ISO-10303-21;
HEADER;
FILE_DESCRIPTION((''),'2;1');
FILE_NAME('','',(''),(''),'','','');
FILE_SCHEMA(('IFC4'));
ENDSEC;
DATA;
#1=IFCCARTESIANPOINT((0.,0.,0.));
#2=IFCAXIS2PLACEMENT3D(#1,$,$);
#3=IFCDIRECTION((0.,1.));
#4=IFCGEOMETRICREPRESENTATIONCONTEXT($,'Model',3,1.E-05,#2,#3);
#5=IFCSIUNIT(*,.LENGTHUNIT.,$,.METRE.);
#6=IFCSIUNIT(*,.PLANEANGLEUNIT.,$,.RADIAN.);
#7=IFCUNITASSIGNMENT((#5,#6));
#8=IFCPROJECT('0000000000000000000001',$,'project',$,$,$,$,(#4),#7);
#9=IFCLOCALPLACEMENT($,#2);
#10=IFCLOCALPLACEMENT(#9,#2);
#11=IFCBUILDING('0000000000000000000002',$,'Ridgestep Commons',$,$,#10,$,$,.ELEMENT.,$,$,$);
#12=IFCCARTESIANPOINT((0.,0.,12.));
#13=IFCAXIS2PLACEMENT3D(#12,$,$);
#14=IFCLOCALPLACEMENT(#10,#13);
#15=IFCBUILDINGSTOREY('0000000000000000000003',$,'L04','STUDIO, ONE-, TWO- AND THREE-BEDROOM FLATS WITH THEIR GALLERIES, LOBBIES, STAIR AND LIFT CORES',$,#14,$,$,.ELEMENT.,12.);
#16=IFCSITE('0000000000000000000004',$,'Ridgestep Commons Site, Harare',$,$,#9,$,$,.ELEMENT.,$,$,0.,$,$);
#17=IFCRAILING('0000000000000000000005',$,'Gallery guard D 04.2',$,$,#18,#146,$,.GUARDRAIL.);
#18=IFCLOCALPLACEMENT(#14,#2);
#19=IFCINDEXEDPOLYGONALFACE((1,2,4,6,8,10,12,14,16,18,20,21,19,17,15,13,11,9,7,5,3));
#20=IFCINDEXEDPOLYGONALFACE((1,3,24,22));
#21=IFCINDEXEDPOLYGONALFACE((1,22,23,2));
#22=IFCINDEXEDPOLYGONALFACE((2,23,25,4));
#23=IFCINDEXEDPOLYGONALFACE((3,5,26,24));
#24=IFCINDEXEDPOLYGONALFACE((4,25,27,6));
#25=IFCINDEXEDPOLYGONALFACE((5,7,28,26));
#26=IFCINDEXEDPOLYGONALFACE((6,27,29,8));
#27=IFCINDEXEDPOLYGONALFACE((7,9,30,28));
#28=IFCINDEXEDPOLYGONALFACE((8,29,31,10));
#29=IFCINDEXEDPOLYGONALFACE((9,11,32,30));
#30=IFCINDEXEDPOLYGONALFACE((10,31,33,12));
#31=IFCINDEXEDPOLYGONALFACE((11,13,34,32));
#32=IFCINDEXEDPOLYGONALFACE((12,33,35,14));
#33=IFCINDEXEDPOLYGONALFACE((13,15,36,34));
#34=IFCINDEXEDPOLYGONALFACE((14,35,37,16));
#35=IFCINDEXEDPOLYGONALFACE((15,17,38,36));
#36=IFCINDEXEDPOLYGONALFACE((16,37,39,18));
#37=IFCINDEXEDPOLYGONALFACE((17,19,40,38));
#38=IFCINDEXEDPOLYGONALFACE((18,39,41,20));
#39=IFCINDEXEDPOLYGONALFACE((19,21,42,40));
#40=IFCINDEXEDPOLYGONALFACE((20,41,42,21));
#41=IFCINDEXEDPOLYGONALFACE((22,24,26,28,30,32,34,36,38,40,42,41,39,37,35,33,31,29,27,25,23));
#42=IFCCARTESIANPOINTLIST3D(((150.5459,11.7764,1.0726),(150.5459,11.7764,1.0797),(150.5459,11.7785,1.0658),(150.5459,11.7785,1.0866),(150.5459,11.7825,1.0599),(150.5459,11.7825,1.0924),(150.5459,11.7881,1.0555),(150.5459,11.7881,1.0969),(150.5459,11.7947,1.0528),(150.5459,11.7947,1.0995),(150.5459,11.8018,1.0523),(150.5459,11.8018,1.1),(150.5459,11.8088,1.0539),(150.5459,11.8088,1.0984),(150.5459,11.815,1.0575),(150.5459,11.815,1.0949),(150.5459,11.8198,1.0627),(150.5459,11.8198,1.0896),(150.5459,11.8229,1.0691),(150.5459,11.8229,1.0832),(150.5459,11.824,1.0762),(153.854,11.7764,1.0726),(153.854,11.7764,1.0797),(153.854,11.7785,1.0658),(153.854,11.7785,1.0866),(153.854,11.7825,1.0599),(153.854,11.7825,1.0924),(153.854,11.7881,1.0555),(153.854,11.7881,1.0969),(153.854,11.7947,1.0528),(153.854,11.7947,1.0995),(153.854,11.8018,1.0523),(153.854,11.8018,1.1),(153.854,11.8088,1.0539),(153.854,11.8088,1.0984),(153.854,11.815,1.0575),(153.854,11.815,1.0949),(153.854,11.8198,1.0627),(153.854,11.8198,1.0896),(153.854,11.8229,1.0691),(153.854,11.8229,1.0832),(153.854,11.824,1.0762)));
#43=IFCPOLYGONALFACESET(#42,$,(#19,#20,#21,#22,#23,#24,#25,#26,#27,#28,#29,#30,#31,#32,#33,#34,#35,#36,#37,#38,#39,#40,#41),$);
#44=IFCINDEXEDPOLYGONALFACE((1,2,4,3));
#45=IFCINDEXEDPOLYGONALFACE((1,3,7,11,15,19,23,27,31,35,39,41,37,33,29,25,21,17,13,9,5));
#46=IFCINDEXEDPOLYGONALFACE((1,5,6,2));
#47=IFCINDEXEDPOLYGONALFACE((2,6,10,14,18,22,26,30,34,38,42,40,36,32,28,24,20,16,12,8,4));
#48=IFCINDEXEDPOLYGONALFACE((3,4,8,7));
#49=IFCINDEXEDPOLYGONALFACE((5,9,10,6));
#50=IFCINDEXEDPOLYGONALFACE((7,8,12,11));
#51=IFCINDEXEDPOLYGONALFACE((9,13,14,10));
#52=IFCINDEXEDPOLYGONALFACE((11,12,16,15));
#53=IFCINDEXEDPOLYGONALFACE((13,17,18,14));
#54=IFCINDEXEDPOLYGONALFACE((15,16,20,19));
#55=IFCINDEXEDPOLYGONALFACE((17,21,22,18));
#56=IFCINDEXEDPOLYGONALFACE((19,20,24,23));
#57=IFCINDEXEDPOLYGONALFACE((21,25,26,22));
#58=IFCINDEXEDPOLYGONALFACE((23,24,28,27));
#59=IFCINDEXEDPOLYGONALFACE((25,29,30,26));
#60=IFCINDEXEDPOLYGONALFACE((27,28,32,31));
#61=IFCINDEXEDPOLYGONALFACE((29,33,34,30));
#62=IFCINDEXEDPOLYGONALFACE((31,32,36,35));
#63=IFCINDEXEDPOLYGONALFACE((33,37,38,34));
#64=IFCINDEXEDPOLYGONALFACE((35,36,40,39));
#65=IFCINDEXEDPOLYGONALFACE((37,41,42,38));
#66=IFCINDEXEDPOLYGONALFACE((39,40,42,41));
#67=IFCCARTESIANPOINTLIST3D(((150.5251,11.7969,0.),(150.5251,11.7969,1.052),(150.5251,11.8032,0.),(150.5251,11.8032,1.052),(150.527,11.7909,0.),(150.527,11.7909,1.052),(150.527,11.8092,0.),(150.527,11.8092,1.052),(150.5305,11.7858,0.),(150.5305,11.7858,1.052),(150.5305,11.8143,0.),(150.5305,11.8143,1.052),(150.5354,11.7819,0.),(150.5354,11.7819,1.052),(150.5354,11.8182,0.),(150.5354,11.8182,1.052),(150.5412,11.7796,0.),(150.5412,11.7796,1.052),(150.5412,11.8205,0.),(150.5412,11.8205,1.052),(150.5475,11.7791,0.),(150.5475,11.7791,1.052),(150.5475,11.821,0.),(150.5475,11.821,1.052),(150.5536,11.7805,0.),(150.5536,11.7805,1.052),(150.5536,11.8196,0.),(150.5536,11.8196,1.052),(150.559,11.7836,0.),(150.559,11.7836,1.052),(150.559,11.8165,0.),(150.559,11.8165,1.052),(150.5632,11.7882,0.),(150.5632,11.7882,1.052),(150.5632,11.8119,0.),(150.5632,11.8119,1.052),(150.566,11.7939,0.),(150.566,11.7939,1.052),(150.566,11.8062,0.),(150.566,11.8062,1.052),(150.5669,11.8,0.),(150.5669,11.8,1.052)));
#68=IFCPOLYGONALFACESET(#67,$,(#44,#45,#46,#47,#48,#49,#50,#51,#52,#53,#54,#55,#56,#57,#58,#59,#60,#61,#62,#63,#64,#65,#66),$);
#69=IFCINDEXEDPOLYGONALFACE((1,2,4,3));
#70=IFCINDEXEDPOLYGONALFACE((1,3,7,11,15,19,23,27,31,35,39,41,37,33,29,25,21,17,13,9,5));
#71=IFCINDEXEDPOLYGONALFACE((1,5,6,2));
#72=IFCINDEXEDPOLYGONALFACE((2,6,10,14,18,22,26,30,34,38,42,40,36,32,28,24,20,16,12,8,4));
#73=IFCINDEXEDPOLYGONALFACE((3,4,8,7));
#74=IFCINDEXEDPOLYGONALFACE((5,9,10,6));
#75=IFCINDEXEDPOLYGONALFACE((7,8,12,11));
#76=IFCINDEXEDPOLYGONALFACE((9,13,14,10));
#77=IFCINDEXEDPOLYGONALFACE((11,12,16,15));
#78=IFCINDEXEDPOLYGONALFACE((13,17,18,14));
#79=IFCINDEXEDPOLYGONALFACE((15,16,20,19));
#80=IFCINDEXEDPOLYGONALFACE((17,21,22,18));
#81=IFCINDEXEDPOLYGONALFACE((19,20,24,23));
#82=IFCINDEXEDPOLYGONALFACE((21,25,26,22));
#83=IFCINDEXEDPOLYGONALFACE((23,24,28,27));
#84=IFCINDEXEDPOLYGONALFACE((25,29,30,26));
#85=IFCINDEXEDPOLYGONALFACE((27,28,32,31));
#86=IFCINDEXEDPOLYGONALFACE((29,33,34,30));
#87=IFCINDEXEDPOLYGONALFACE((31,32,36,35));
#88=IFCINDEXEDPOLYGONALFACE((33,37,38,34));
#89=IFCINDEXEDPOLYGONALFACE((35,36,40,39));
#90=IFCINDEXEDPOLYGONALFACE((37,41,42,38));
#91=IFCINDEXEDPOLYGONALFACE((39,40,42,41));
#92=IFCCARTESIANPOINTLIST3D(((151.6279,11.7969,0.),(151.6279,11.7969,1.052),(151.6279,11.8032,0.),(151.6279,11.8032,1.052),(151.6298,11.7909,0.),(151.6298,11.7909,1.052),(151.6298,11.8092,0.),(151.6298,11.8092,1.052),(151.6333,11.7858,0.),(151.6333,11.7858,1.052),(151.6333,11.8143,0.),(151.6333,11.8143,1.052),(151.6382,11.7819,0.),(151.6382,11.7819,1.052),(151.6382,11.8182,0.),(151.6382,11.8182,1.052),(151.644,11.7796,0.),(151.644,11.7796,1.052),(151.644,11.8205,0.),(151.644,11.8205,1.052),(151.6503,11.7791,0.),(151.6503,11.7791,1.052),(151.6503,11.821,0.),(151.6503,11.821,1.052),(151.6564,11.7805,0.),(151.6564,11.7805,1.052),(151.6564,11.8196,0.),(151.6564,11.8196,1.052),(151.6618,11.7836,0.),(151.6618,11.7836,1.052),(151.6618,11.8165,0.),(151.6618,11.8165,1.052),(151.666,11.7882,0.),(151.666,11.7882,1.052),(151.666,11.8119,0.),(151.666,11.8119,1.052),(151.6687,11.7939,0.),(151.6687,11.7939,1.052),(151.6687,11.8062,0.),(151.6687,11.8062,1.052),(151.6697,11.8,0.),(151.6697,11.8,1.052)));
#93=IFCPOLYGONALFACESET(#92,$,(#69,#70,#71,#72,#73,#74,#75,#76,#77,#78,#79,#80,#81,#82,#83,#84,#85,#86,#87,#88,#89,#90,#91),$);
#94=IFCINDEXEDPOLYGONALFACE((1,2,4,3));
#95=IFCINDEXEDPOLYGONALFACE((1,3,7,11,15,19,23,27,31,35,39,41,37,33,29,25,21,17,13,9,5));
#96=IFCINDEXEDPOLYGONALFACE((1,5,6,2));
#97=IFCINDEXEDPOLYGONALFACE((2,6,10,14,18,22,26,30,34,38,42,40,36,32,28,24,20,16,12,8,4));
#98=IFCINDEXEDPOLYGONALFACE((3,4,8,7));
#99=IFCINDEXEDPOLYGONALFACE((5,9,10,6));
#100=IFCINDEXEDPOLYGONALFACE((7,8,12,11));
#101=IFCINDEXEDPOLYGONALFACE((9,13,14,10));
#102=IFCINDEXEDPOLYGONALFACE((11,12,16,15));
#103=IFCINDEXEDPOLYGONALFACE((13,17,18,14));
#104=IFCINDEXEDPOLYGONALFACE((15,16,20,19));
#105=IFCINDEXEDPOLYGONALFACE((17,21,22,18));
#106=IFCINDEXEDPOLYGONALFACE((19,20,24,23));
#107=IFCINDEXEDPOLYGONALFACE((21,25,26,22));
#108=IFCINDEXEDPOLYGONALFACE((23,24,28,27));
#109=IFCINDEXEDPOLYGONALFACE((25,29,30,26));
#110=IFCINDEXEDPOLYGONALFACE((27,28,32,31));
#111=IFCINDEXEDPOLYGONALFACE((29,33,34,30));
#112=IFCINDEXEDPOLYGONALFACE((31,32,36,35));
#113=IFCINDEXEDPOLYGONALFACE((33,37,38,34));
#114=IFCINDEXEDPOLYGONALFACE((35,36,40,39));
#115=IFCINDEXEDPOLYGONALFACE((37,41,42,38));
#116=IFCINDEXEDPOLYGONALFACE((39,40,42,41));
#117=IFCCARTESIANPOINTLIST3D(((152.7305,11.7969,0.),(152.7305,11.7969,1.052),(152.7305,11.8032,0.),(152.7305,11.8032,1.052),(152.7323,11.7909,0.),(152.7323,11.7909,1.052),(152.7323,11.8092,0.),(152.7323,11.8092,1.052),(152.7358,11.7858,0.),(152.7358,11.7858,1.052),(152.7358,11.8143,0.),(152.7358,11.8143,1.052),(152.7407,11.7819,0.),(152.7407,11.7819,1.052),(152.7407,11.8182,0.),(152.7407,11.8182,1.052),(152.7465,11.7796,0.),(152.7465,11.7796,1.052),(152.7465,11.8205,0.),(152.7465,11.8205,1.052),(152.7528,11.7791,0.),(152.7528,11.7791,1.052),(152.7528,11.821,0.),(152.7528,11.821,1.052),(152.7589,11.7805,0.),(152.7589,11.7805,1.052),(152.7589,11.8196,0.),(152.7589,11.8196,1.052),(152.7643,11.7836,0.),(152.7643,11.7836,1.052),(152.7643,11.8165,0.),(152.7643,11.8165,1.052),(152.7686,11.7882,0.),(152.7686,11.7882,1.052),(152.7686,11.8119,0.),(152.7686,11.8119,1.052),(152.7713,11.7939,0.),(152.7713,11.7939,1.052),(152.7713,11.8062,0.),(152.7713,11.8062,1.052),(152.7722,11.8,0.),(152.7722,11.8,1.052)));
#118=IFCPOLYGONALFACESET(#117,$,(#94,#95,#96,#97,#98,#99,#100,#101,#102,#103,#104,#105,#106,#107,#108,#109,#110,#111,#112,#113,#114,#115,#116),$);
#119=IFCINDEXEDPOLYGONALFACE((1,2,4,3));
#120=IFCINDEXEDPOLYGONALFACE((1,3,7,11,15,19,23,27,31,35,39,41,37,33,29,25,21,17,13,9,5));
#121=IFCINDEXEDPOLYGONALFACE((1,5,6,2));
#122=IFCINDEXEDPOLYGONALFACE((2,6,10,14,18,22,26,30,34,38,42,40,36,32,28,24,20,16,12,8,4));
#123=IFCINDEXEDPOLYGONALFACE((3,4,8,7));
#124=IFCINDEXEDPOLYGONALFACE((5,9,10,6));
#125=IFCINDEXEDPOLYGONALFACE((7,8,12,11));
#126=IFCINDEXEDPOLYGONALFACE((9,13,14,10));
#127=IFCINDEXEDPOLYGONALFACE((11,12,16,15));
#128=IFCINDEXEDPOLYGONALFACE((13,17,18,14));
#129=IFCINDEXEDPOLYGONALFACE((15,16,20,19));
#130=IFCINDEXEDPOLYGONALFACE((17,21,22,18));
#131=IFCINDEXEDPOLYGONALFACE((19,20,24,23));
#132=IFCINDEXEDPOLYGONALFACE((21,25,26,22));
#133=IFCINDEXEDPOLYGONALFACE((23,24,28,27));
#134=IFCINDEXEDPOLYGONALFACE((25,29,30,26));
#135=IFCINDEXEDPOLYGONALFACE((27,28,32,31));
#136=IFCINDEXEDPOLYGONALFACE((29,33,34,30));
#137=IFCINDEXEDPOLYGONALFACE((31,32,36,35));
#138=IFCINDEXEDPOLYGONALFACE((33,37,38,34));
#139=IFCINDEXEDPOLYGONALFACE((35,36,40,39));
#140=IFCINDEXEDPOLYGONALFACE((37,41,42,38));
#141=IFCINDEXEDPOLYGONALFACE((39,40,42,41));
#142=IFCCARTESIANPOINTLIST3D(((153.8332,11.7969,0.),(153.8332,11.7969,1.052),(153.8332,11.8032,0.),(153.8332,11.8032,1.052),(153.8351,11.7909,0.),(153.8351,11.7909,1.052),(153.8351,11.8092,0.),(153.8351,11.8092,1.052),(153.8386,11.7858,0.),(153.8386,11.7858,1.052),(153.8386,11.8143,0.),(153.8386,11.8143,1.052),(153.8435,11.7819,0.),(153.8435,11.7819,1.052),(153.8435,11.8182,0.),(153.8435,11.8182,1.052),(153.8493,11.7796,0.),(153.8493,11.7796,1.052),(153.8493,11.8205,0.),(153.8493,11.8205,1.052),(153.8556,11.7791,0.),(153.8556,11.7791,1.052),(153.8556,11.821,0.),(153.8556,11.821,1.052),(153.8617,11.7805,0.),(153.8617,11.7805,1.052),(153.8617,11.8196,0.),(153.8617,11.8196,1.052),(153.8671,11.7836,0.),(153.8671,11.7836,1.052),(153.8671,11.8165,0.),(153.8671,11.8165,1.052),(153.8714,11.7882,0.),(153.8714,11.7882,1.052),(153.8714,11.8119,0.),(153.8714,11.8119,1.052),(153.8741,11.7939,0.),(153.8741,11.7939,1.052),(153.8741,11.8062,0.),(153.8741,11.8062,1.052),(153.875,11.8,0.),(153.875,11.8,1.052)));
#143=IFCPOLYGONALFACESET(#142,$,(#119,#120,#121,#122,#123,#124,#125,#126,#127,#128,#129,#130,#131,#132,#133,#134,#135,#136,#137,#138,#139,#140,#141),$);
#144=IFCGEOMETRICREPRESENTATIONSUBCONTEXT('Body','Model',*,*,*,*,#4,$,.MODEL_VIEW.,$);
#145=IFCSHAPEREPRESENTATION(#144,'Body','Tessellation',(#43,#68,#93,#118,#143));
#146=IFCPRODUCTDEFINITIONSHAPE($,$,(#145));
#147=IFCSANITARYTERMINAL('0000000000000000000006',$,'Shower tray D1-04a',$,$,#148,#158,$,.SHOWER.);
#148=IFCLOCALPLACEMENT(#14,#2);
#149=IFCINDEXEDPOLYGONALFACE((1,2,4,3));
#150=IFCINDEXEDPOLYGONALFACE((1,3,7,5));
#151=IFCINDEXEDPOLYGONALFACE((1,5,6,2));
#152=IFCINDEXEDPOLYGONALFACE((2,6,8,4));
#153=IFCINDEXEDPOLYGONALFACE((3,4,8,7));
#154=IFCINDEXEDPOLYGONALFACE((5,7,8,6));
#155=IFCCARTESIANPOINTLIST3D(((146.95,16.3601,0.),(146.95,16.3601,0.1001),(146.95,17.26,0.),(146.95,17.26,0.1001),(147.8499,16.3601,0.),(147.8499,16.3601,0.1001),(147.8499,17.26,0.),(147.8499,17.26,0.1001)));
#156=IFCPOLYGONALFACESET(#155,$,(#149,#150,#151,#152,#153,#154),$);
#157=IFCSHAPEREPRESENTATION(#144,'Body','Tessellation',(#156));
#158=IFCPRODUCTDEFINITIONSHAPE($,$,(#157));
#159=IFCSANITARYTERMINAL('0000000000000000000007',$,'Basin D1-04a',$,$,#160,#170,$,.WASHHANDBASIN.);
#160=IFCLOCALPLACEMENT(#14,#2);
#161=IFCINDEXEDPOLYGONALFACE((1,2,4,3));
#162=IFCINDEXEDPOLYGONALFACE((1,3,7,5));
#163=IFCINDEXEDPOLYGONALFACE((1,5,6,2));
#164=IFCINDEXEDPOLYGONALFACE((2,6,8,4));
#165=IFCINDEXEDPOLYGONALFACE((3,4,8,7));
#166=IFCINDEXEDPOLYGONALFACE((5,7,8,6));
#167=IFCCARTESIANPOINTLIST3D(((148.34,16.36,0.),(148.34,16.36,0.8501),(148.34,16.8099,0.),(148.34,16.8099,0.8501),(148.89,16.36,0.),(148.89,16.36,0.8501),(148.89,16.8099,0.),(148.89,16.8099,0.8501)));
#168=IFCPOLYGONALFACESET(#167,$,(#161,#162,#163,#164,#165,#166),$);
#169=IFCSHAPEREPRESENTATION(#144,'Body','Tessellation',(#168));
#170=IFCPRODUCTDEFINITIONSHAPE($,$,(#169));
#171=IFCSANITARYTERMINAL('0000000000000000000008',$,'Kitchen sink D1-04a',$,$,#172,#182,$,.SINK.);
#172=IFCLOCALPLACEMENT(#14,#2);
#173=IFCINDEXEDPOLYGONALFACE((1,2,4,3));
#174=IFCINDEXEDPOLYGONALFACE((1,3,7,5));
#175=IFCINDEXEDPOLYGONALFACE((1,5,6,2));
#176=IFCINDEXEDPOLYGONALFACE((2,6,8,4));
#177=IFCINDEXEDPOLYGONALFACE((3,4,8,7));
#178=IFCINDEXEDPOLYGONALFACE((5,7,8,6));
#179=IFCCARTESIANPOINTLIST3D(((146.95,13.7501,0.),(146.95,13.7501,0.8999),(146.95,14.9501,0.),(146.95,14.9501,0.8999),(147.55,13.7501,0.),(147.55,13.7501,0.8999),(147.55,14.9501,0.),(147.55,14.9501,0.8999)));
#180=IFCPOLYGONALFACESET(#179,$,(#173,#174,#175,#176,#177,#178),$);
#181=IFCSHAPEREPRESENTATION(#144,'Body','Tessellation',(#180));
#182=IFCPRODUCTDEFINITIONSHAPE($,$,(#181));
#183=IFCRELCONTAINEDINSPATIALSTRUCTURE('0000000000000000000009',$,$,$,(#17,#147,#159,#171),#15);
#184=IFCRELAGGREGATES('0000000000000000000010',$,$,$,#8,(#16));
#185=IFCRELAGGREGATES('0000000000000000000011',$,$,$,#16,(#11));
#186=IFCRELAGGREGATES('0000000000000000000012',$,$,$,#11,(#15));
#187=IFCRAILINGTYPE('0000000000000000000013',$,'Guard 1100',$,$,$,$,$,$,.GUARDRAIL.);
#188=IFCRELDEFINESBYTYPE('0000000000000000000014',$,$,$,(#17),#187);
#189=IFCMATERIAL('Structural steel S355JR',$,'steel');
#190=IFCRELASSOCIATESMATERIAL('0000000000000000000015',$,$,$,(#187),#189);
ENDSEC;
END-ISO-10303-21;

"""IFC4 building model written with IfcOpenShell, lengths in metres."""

from ifc_helpers import new_model, si_unit, direction, frame, origin, origin_2d, place, context, subcontext, project, spatial, rectangle, circle, extrude, material, type_object, element, save


model = new_model("IFC4")

# Units and contexts
model_context = context("Model", 3, precision=1e-05, world=origin(), true_north=direction((0.0, 1.0)))
body_context = subcontext(model_context, "Body", "Model", "MODEL_VIEW")
ifc_project = project(units=[si_unit("LENGTHUNIT", "METRE"), si_unit("PLANEANGLEUNIT", "RADIAN")], contexts=[model_context])

# Site, building, storey
site_placement = place(None, origin())
site = spatial("IfcSite", under=ifc_project, at=site_placement, Name="Ridgestep Commons Site, Harare", CompositionType="ELEMENT", RefElevation=0.0)
building_placement = place(site_placement, origin())
building = spatial("IfcBuilding", under=site, at=building_placement, Name="Ridgestep Commons", CompositionType="ELEMENT")
storey_placement = place(building_placement, frame((0.0, 0.0, 12.0)))
storey = spatial("IfcBuildingStorey", under=building, at=storey_placement, Name="L04", Description="STUDIO, ONE-, TWO- AND THREE-BEDROOM FLATS WITH THEIR GALLERIES, LOBBIES, STAIR AND LIFT CORES", CompositionType="ELEMENT", Elevation=12.0)

# Railing
ifc_material_1 = material(Name="Structural steel S355JR", Category="steel")
railing_type = type_object("IfcRailingType", Name="Guard 1100", PredefinedType="GUARDRAIL", material=ifc_material_1)
railing_1_placement = place(storey_placement, frame((150.5459, 11.8, 0.0)))
element("IfcRailing", 1, at=railing_1_placement, inside=storey, type_object=railing_type, Name="Gallery guard D 04.2", PredefinedType="GUARDRAIL", context=body_context, shape_type="SweptSolid", body=[
    extrude(circle(Radius=0.0239, at=origin_2d()), frame((0.0, 0.0, 1.0762), z_axis=(1.0, 0.0, 0.0), x_axis=(0.0, 1.0, 0.0)), (0.0, 0.0, 1.0), 3.3081),
    extrude(circle(Radius=0.021, at=origin_2d()), origin(), (0.0, 0.0, 1.0), 1.052),
    extrude(circle(Radius=0.021, at=origin_2d()), frame((1.1028, 0.0, 0.0)), (0.0, 0.0, 1.0), 1.052),
    extrude(circle(Radius=0.021, at=origin_2d()), frame((2.2053, 0.0, 0.0)), (0.0, 0.0, 1.0), 1.052),
    extrude(circle(Radius=0.021, at=origin_2d()), frame((3.3081, 0.0, 0.0)), (0.0, 0.0, 1.0), 1.052),
])

# Sanitary terminals
sanitary_terminal_1_placement = place(storey_placement, frame((147.3999, 16.8101, 0.0), z_axis=(0.0, 0.0, 1.0), x_axis=(1.0, 0.0, 0.0)))
element("IfcSanitaryTerminal", 2, at=sanitary_terminal_1_placement, inside=storey, Name="Shower tray D1-04a", PredefinedType="SHOWER", context=body_context, shape_type="SweptSolid", body=[
    extrude(rectangle(XDim=0.8999, YDim=0.8999, at=origin_2d()), origin(), (0.0, 0.0, 1.0), 0.1001),
])
sanitary_terminal_2_placement = place(storey_placement, frame((148.615, 16.585, 0.0), z_axis=(0.0, 0.0, 1.0), x_axis=(1.0, 0.0, 0.0)))
element("IfcSanitaryTerminal", 3, at=sanitary_terminal_2_placement, inside=storey, Name="Basin D1-04a", PredefinedType="WASHHANDBASIN", context=body_context, shape_type="SweptSolid", body=[
    extrude(rectangle(XDim=0.55, YDim=0.45, at=origin_2d()), origin(), (0.0, 0.0, 1.0), 0.8501),
])
sanitary_terminal_3_placement = place(storey_placement, frame((147.25, 14.3501, 0.0), z_axis=(0.0, 0.0, 1.0), x_axis=(1.0, 0.0, 0.0)))
element("IfcSanitaryTerminal", 4, at=sanitary_terminal_3_placement, inside=storey, Name="Kitchen sink D1-04a", PredefinedType="SINK", context=body_context, shape_type="SweptSolid", body=[
    extrude(rectangle(XDim=0.6001, YDim=1.2, at=origin_2d()), origin(), (0.0, 0.0, 1.0), 0.8999),
])

save(model, "model.ifc")
